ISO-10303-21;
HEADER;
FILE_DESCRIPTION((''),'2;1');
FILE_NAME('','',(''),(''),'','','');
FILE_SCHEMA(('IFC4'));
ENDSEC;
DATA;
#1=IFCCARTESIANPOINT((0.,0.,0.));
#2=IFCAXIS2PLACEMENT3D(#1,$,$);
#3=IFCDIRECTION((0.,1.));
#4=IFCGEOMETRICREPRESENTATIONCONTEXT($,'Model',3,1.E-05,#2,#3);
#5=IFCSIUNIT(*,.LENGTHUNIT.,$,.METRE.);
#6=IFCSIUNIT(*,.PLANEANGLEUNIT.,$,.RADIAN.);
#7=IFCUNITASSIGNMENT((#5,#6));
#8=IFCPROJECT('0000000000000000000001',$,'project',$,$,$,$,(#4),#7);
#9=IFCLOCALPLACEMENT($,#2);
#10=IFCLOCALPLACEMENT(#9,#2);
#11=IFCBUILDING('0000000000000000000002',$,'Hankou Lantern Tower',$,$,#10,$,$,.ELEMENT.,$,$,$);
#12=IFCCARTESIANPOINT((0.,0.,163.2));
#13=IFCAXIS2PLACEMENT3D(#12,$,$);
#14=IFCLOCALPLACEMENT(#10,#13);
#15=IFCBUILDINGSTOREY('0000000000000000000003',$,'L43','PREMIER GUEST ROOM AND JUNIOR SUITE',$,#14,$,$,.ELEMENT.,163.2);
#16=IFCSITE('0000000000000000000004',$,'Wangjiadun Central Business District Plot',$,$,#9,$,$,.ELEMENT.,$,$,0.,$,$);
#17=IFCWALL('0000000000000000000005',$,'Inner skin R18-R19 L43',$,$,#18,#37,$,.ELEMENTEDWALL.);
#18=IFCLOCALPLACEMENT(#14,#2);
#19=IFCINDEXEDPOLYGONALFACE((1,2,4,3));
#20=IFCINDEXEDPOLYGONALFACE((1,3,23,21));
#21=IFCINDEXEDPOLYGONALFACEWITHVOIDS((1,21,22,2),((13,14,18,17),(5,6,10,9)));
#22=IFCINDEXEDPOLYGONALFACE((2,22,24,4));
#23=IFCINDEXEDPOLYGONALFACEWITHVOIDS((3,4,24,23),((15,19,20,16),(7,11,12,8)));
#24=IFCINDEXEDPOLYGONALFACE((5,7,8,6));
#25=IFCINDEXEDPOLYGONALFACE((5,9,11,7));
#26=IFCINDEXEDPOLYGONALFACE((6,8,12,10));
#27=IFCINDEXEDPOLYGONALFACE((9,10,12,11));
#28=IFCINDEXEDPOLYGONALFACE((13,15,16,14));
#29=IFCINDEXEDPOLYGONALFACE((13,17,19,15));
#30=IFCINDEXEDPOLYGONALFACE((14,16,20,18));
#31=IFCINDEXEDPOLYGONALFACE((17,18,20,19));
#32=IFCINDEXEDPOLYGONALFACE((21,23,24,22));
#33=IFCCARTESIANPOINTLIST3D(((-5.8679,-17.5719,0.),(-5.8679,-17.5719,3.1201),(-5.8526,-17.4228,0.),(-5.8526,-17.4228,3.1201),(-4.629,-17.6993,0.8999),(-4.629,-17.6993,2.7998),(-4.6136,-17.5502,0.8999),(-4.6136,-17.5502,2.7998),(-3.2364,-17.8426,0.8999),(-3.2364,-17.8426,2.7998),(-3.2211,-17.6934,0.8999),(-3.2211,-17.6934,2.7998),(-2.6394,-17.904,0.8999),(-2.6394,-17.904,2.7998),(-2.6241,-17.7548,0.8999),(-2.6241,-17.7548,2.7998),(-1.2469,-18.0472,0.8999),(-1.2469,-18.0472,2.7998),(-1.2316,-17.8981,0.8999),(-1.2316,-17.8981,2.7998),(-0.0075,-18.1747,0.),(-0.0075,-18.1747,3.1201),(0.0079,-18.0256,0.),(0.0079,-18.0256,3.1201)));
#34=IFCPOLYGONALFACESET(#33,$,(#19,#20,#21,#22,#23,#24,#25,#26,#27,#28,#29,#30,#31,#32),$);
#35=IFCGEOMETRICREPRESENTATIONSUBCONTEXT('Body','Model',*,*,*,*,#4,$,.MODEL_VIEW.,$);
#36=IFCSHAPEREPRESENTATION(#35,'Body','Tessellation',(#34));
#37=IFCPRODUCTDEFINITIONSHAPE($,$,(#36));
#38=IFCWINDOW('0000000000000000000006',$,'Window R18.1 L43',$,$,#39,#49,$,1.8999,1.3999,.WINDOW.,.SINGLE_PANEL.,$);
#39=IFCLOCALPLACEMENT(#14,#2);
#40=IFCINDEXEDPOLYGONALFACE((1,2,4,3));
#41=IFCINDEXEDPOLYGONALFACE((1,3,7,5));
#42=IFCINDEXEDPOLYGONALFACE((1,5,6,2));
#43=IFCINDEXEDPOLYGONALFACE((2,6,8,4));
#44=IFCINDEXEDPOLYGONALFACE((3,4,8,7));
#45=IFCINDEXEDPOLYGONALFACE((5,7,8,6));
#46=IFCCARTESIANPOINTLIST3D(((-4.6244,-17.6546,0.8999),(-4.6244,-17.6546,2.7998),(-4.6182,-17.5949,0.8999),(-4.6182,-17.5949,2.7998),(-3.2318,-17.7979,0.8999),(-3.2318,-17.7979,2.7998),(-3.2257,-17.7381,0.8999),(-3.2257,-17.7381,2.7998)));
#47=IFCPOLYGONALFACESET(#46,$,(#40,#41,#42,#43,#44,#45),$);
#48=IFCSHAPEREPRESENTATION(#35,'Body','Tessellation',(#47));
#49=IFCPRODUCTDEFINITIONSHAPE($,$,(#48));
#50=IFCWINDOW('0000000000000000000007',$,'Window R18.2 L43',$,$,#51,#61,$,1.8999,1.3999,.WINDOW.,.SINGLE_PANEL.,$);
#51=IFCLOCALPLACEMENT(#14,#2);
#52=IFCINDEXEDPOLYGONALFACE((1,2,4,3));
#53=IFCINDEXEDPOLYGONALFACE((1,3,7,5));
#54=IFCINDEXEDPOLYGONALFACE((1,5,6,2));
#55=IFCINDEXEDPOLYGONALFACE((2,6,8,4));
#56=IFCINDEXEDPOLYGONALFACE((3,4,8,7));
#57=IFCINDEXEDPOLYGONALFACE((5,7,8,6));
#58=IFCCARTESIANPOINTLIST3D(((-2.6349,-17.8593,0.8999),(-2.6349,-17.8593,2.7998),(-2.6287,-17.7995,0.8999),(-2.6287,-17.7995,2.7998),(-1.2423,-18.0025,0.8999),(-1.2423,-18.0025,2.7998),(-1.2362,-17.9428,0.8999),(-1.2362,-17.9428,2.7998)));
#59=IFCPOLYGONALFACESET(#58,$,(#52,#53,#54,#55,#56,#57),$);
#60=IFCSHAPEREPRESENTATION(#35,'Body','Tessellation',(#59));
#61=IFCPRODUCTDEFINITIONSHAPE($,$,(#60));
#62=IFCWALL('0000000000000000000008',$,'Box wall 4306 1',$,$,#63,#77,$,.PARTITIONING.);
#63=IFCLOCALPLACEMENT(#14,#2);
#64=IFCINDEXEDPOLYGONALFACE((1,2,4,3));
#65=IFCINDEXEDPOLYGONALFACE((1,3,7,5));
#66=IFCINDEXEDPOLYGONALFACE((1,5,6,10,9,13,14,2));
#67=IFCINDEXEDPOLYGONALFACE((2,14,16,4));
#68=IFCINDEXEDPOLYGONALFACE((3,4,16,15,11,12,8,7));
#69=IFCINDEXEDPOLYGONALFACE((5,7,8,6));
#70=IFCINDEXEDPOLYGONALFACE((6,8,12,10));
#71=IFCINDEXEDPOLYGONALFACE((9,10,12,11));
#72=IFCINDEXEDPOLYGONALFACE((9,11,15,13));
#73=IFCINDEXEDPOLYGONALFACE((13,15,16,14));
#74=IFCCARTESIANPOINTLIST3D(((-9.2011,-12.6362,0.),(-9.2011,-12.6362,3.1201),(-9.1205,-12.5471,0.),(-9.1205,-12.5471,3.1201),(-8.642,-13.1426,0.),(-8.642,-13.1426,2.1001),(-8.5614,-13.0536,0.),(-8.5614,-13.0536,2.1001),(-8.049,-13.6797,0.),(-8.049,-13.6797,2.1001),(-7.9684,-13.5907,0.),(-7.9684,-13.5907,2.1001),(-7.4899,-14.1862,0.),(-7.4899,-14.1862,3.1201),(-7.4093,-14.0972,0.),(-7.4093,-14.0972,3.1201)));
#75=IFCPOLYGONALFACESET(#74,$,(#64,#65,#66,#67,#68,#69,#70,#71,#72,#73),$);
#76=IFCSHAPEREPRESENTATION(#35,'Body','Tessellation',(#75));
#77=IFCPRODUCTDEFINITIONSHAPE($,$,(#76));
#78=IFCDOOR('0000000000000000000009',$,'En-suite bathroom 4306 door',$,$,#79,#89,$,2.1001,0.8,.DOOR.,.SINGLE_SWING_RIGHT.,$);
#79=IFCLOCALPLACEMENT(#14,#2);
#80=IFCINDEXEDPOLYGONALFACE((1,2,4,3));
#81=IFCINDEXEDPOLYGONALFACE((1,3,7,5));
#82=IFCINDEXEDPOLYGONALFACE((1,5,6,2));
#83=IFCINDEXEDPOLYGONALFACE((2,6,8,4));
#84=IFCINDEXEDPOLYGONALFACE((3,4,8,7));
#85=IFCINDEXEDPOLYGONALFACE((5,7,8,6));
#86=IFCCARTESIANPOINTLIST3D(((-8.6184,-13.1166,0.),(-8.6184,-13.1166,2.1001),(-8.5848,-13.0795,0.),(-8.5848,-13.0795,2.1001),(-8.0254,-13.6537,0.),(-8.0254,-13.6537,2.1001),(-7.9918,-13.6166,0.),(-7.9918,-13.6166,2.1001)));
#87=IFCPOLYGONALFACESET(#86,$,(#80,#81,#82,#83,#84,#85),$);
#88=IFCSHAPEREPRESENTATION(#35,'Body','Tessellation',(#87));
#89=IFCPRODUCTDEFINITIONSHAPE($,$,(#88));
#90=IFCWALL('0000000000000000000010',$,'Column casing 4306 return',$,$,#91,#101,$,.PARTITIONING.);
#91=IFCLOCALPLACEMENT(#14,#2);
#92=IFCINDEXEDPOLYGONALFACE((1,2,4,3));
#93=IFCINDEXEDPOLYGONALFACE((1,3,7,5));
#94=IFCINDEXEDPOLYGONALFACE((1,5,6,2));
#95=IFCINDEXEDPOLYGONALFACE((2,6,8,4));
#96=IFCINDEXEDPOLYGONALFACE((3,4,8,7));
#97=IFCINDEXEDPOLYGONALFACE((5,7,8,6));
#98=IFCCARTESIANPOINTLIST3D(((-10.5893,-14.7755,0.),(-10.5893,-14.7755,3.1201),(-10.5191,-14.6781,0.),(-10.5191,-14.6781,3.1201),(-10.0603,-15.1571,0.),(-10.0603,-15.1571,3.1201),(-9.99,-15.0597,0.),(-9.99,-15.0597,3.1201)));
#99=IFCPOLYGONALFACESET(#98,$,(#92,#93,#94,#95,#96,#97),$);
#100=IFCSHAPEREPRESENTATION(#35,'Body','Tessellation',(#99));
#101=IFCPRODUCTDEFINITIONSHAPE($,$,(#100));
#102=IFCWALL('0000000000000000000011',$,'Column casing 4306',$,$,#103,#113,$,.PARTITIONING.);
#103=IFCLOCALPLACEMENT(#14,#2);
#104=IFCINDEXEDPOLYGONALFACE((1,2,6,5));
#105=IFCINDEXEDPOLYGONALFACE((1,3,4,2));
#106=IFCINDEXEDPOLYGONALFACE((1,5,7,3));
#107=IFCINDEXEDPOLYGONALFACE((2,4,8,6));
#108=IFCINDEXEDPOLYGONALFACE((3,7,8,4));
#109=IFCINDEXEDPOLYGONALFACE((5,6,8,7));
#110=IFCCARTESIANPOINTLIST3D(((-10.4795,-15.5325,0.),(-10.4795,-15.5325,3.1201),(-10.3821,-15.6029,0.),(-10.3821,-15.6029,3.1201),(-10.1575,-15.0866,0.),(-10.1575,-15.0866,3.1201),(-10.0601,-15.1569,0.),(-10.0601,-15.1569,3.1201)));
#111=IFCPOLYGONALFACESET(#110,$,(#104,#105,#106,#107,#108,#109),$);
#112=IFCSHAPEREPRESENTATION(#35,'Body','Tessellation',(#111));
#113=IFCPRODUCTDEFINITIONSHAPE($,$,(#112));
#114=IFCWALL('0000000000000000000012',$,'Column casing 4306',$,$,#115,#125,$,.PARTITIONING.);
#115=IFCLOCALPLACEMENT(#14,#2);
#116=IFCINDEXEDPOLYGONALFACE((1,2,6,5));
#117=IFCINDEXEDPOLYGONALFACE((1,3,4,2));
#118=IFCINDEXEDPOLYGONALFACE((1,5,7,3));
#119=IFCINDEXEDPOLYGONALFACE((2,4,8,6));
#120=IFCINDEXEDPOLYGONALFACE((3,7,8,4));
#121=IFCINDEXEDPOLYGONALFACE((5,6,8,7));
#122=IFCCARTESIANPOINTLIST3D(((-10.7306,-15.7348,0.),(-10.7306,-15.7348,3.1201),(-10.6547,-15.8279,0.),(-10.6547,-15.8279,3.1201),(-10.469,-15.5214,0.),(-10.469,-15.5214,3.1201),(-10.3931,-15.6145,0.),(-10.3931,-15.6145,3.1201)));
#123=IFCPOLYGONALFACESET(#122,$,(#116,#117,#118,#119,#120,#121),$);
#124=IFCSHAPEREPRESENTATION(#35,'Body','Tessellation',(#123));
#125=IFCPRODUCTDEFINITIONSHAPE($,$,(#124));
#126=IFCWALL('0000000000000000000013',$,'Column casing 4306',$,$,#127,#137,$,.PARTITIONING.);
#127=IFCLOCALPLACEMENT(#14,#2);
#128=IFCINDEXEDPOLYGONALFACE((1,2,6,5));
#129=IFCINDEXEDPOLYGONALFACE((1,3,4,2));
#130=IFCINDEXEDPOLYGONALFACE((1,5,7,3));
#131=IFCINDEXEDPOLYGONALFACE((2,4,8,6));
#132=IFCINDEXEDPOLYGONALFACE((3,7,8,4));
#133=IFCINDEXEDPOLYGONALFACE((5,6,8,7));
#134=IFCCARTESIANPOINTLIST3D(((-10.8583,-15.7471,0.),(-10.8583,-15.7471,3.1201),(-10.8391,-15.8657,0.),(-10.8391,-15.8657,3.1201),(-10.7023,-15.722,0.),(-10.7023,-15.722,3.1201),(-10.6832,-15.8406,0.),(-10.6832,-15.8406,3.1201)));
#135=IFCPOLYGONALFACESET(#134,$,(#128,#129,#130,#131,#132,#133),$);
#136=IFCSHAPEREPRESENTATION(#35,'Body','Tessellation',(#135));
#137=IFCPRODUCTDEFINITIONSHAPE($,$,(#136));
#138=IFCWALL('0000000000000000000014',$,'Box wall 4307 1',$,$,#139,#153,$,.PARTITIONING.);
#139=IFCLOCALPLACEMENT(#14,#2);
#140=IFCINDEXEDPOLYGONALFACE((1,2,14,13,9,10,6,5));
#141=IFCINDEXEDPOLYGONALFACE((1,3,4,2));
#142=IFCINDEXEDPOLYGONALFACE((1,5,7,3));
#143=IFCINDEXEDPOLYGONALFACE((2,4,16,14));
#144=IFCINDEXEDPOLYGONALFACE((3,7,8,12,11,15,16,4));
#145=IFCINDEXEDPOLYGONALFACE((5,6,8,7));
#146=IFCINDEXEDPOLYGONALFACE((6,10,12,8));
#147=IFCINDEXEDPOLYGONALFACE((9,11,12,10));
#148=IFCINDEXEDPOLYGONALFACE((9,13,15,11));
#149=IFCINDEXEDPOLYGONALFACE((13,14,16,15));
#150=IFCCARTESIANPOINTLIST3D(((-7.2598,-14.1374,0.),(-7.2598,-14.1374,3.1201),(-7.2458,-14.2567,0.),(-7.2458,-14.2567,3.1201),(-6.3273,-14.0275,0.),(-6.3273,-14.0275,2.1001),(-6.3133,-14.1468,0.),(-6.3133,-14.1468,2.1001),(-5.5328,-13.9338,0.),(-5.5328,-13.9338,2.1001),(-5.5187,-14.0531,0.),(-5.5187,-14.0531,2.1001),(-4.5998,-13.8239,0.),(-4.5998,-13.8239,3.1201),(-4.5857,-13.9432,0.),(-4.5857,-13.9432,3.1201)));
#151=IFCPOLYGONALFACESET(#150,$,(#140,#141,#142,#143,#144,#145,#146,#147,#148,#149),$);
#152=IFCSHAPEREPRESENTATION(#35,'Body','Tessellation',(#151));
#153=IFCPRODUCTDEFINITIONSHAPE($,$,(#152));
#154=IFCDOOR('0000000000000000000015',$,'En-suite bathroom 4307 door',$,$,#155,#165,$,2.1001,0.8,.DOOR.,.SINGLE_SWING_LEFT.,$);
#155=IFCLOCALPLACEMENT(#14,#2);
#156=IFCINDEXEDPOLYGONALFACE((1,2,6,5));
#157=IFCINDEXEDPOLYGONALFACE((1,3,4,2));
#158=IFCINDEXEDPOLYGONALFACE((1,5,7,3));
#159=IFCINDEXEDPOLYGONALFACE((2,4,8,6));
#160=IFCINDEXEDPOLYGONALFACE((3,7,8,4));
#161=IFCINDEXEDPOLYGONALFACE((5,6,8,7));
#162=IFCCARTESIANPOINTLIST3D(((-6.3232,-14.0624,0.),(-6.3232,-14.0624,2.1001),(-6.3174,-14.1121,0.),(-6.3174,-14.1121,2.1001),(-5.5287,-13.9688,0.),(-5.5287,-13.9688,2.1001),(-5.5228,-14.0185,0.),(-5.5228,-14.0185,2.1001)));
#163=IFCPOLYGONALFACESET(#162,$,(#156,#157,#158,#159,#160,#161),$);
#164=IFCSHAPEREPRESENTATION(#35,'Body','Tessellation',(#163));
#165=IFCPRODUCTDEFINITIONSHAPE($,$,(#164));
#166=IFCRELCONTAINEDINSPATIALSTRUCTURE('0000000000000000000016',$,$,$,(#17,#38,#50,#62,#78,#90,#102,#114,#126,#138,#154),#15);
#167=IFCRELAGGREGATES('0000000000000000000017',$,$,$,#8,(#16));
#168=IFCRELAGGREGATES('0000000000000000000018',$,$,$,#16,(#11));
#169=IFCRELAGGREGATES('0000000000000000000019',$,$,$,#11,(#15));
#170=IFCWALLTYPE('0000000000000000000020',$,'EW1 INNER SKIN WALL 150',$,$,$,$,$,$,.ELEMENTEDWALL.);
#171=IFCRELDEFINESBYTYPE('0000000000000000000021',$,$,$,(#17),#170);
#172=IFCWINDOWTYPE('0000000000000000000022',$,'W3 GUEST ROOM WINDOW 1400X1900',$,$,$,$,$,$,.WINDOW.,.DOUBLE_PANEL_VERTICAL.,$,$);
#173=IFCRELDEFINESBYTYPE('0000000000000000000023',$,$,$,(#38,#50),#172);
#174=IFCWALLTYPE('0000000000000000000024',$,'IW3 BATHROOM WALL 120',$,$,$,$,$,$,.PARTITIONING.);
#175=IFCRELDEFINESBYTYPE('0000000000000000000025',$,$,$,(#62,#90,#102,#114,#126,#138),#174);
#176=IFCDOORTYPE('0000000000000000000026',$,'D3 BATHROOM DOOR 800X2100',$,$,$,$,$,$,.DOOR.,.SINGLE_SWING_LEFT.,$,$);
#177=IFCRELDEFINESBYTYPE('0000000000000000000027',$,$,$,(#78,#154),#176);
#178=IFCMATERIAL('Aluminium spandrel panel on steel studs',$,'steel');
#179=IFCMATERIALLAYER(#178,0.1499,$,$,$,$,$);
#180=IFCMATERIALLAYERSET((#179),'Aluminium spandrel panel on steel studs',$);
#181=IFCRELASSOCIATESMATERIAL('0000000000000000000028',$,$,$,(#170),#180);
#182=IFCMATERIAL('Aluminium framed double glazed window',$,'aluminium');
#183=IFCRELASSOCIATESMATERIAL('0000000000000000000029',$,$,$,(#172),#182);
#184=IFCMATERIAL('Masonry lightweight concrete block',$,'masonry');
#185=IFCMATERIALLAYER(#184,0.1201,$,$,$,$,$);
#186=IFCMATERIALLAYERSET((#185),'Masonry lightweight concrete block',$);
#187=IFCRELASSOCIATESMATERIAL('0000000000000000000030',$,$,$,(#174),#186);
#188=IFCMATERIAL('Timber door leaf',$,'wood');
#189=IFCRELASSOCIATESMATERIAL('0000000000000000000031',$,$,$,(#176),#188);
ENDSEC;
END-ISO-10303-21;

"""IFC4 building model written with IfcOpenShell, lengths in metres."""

from ifc_helpers import new_model, si_unit, direction, frame, frame_2d, origin, place, context, subcontext, project, spatial, rectangle, extrude, material, layer, layer_set, type_object, element, fill, save


model = new_model("IFC4")

# Units and contexts
model_context = context("Model", 3, precision=1e-05, world=origin(), true_north=direction((0.0, 1.0)))
body_context = subcontext(model_context, "Body", "Model", "MODEL_VIEW")
ifc_project = project(units=[si_unit("LENGTHUNIT", "METRE"), si_unit("PLANEANGLEUNIT", "RADIAN")], contexts=[model_context])

# Site, building, storey
site_placement = place(None, origin())
site = spatial("IfcSite", under=ifc_project, at=site_placement, Name="Wangjiadun Central Business District Plot", CompositionType="ELEMENT", RefElevation=0.0)
building_placement = place(site_placement, origin())
building = spatial("IfcBuilding", under=site, at=building_placement, Name="Hankou Lantern Tower", CompositionType="ELEMENT")
storey_placement = place(building_placement, frame((0.0, 0.0, 163.2)))
storey = spatial("IfcBuildingStorey", under=building, at=storey_placement, Name="L43", Description="PREMIER GUEST ROOM AND JUNIOR SUITE", CompositionType="ELEMENT", Elevation=163.2)

# Wall, openings, windows
ifc_material_1 = material(Name="Aluminium spandrel panel on steel studs", Category="steel")
ifc_layer_1 = layer(ifc_material_1, 0.1499)
ifc_layer_set_1 = layer_set([ifc_layer_1], Name="Aluminium spandrel panel on steel studs")
wall_type_1 = type_object("IfcWallType", Name="EW1 INNER SKIN WALL 150", PredefinedType="ELEMENTEDWALL", material=ifc_layer_set_1)
ifc_material_2 = material(Name="Aluminium framed double glazed window", Category="aluminium")
window_type = type_object("IfcWindowType", Name="W3 GUEST ROOM WINDOW 1400X1900", PartitioningType="DOUBLE_PANEL_VERTICAL", PredefinedType="WINDOW", material=ifc_material_2)
wall_1_placement = place(storey_placement, frame((-5.8604, -17.4973, 0.0), z_axis=(0.0, 0.0, 1.0), x_axis=(0.994752, -0.102318, 0.0)))
wall_1 = element("IfcWall", 1, at=wall_1_placement, inside=storey, type_object=wall_type_1, Name="Inner skin R18-R19 L43", PredefinedType="ELEMENTEDWALL", context=body_context, shape_type="SweptSolid", body=[
    extrude(rectangle(XDim=5.8914, YDim=0.1499, at=frame_2d((2.9458, 0.0))), origin(), (0.0, 0.0, 1.0), 3.1201),
])
opening_1_placement = place(wall_1_placement, frame((1.2456, 0.0, 0.8999)))
opening_1 = element("IfcOpeningElement", 2, at=opening_1_placement, cuts=wall_1, PredefinedType="OPENING", context=body_context, shape_type="SweptSolid", body=[
    extrude(rectangle(XDim=1.3999, YDim=1.8999, at=frame_2d((0.7, 0.95))), frame((0.0, 0.085, 0.0), z_axis=(0.0, -1.0, 0.0), x_axis=(1.0, 0.0, 0.0)), (0.0, 0.0, 1.0), 0.1699),
])
opening_2_placement = place(wall_1_placement, frame((3.2456, 0.0, 0.8999)))
opening_2 = element("IfcOpeningElement", 3, at=opening_2_placement, cuts=wall_1, PredefinedType="OPENING", context=body_context, shape_type="SweptSolid", body=[
    extrude(rectangle(XDim=1.3999, YDim=1.8999, at=frame_2d((0.7, 0.95))), frame((0.0, 0.085, 0.0), z_axis=(0.0, -1.0, 0.0), x_axis=(1.0, 0.0, 0.0)), (0.0, 0.0, 1.0), 0.1699),
])
window_1_placement = place(opening_1_placement, origin())
window_1 = element("IfcWindow", 4, at=window_1_placement, inside=storey, type_object=window_type, Name="Window R18.1 L43", OverallHeight=1.8999, OverallWidth=1.3999, PartitioningType="SINGLE_PANEL", PredefinedType="WINDOW", context=body_context, shape_type="SweptSolid", body=[
    extrude(rectangle(XDim=1.3999, YDim=1.8999, at=frame_2d((0.7, 0.95))), frame((0.0, 0.03, 0.0), z_axis=(0.0, -1.0, 0.0), x_axis=(1.0, 0.0, 0.0)), (0.0, 0.0, 1.0), 0.0601),
])
fill(opening_1, window_1)
window_2_placement = place(opening_2_placement, origin())
window_2 = element("IfcWindow", 5, at=window_2_placement, inside=storey, type_object=window_type, Name="Window R18.2 L43", OverallHeight=1.8999, OverallWidth=1.3999, PartitioningType="SINGLE_PANEL", PredefinedType="WINDOW", context=body_context, shape_type="SweptSolid", body=[
    extrude(rectangle(XDim=1.3999, YDim=1.8999, at=frame_2d((0.7, 0.95))), frame((0.0, 0.03, 0.0), z_axis=(0.0, -1.0, 0.0), x_axis=(1.0, 0.0, 0.0)), (0.0, 0.0, 1.0), 0.0601),
])
fill(opening_2, window_2)

# Wall, opening, door
ifc_material_3 = material(Name="Masonry lightweight concrete block", Category="masonry")
ifc_layer_2 = layer(ifc_material_3, 0.1201)
ifc_layer_set_2 = layer_set([ifc_layer_2], Name="Masonry lightweight concrete block")
wall_type_2 = type_object("IfcWallType", Name="IW3 BATHROOM WALL 120", PredefinedType="PARTITIONING", material=ifc_layer_set_2)
wall_2_placement = place(storey_placement, frame((-7.4497, -14.1416, 0.0), z_axis=(0.0, 0.0, 1.0), x_axis=(-0.74114, 0.671351, 0.0)))
wall_2 = element("IfcWall", 6, at=wall_2_placement, inside=storey, type_object=wall_type_2, Name="Box wall 4306 1", PredefinedType="PARTITIONING", context=body_context, shape_type="SweptSolid", body=[
    extrude(rectangle(XDim=2.3088, YDim=0.1201, at=frame_2d((1.1543, 0.0))), origin(), (0.0, 0.0, 1.0), 3.1201),
])
opening_3_placement = place(wall_2_placement, frame((0.7544, 0.0, 0.0)))
opening_3 = element("IfcOpeningElement", 7, at=opening_3_placement, cuts=wall_2, PredefinedType="OPENING", context=body_context, shape_type="SweptSolid", body=[
    extrude(rectangle(XDim=0.8, YDim=2.1001, at=frame_2d((0.3999, 1.05))), frame((0.0, 0.0701, 0.0), z_axis=(0.0, -1.0, 0.0), x_axis=(1.0, 0.0, 0.0)), (0.0, 0.0, 1.0), 0.1401),
])
ifc_material_4 = material(Name="Timber door leaf", Category="wood")
door_type = type_object("IfcDoorType", Name="D3 BATHROOM DOOR 800X2100", OperationType="SINGLE_SWING_LEFT", PredefinedType="DOOR", material=ifc_material_4)
door_1_placement = place(opening_3_placement, origin())
door_1 = element("IfcDoor", 8, at=door_1_placement, inside=storey, type_object=door_type, Name="En-suite bathroom 4306 door", OperationType="SINGLE_SWING_RIGHT", OverallHeight=2.1001, OverallWidth=0.8, PredefinedType="DOOR", context=body_context, shape_type="SweptSolid", body=[
    extrude(rectangle(XDim=0.8, YDim=2.1001, at=frame_2d((0.3999, 1.05))), frame((0.0, 0.0249, 0.0), z_axis=(0.0, -1.0, 0.0), x_axis=(1.0, 0.0, 0.0)), (0.0, 0.0, 1.0), 0.05),
])
fill(opening_3, door_1)

# Walls
wall_3_placement = place(storey_placement, frame((-10.5542, -14.7268, 0.0), z_axis=(0.0, 0.0, 1.0), x_axis=(0.811044, -0.584985, 0.0)))
element("IfcWall", 9, at=wall_3_placement, inside=storey, type_object=wall_type_2, Name="Column casing 4306 return", PredefinedType="PARTITIONING", context=body_context, shape_type="SweptSolid", body=[
    extrude(rectangle(XDim=0.6523, YDim=0.1201, at=frame_2d((0.3262, 0.0))), origin(), (0.0, 0.0, 1.0), 3.1201),
])
wall_4_placement = place(storey_placement, frame((-10.1089, -15.1218, 0.0), z_axis=(0.0, 0.0, 1.0), x_axis=(-0.585345, -0.810785, 0.0)))
element("IfcWall", 10, at=wall_4_placement, inside=storey, type_object=wall_type_2, Name="Column casing 4306", PredefinedType="PARTITIONING", context=body_context, shape_type="SweptSolid", body=[
    extrude(rectangle(XDim=0.55, YDim=0.1201, at=frame_2d((0.2749, 0.0))), origin(), (0.0, 0.0, 1.0), 3.1201),
])
wall_5_placement = place(storey_placement, frame((-10.4309, -15.5679, 0.0), z_axis=(0.0, 0.0, 1.0), x_axis=(-0.775051, -0.631898, 0.0)))
element("IfcWall", 11, at=wall_5_placement, inside=storey, type_object=wall_type_2, Name="Column casing 4306", PredefinedType="PARTITIONING", context=body_context, shape_type="SweptSolid", body=[
    extrude(rectangle(XDim=0.3376, YDim=0.1201, at=frame_2d((0.1689, 0.0))), origin(), (0.0, 0.0, 1.0), 3.1201),
])
wall_6_placement = place(storey_placement, frame((-10.6926, -15.7812, 0.0), z_axis=(0.0, 0.0, 1.0), x_axis=(-0.987257, -0.159135, 0.0)))
element("IfcWall", 12, at=wall_6_placement, inside=storey, type_object=wall_type_2, Name="Column casing 4306", PredefinedType="PARTITIONING", context=body_context, shape_type="SweptSolid", body=[
    extrude(rectangle(XDim=0.158, YDim=0.1201, at=frame_2d((0.0791, 0.0))), origin(), (0.0, 0.0, 1.0), 3.1201),
])

# Wall, opening, door
wall_7_placement = place(storey_placement, frame((-7.2529, -14.197, 0.0), z_axis=(0.0, 0.0, 1.0), x_axis=(0.993128, 0.117032, 0.0)))
wall_7 = element("IfcWall", 13, at=wall_7_placement, inside=storey, type_object=wall_type_2, Name="Box wall 4307 1", PredefinedType="PARTITIONING", context=body_context, shape_type="SweptSolid", body=[
    extrude(rectangle(XDim=2.6785, YDim=0.1201, at=frame_2d((1.3394, 0.0))), origin(), (0.0, 0.0, 1.0), 3.1201),
])
opening_4_placement = place(wall_7_placement, frame((0.9392, 0.0, 0.0)))
opening_4 = element("IfcOpeningElement", 14, at=opening_4_placement, cuts=wall_7, PredefinedType="OPENING", context=body_context, shape_type="SweptSolid", body=[
    extrude(rectangle(XDim=0.8, YDim=2.1001, at=frame_2d((0.3999, 1.05))), frame((0.0, 0.0701, 0.0), z_axis=(0.0, -1.0, 0.0), x_axis=(1.0, 0.0, 0.0)), (0.0, 0.0, 1.0), 0.1401),
])
door_2_placement = place(opening_4_placement, origin())
door_2 = element("IfcDoor", 15, at=door_2_placement, inside=storey, type_object=door_type, Name="En-suite bathroom 4307 door", OperationType="SINGLE_SWING_LEFT", OverallHeight=2.1001, OverallWidth=0.8, PredefinedType="DOOR", context=body_context, shape_type="SweptSolid", body=[
    extrude(rectangle(XDim=0.8, YDim=2.1001, at=frame_2d((0.3999, 1.05))), frame((0.0, 0.0249, 0.0), z_axis=(0.0, -1.0, 0.0), x_axis=(1.0, 0.0, 0.0)), (0.0, 0.0, 1.0), 0.05),
])
fill(opening_4, door_2)

save(model, "model.ifc")
